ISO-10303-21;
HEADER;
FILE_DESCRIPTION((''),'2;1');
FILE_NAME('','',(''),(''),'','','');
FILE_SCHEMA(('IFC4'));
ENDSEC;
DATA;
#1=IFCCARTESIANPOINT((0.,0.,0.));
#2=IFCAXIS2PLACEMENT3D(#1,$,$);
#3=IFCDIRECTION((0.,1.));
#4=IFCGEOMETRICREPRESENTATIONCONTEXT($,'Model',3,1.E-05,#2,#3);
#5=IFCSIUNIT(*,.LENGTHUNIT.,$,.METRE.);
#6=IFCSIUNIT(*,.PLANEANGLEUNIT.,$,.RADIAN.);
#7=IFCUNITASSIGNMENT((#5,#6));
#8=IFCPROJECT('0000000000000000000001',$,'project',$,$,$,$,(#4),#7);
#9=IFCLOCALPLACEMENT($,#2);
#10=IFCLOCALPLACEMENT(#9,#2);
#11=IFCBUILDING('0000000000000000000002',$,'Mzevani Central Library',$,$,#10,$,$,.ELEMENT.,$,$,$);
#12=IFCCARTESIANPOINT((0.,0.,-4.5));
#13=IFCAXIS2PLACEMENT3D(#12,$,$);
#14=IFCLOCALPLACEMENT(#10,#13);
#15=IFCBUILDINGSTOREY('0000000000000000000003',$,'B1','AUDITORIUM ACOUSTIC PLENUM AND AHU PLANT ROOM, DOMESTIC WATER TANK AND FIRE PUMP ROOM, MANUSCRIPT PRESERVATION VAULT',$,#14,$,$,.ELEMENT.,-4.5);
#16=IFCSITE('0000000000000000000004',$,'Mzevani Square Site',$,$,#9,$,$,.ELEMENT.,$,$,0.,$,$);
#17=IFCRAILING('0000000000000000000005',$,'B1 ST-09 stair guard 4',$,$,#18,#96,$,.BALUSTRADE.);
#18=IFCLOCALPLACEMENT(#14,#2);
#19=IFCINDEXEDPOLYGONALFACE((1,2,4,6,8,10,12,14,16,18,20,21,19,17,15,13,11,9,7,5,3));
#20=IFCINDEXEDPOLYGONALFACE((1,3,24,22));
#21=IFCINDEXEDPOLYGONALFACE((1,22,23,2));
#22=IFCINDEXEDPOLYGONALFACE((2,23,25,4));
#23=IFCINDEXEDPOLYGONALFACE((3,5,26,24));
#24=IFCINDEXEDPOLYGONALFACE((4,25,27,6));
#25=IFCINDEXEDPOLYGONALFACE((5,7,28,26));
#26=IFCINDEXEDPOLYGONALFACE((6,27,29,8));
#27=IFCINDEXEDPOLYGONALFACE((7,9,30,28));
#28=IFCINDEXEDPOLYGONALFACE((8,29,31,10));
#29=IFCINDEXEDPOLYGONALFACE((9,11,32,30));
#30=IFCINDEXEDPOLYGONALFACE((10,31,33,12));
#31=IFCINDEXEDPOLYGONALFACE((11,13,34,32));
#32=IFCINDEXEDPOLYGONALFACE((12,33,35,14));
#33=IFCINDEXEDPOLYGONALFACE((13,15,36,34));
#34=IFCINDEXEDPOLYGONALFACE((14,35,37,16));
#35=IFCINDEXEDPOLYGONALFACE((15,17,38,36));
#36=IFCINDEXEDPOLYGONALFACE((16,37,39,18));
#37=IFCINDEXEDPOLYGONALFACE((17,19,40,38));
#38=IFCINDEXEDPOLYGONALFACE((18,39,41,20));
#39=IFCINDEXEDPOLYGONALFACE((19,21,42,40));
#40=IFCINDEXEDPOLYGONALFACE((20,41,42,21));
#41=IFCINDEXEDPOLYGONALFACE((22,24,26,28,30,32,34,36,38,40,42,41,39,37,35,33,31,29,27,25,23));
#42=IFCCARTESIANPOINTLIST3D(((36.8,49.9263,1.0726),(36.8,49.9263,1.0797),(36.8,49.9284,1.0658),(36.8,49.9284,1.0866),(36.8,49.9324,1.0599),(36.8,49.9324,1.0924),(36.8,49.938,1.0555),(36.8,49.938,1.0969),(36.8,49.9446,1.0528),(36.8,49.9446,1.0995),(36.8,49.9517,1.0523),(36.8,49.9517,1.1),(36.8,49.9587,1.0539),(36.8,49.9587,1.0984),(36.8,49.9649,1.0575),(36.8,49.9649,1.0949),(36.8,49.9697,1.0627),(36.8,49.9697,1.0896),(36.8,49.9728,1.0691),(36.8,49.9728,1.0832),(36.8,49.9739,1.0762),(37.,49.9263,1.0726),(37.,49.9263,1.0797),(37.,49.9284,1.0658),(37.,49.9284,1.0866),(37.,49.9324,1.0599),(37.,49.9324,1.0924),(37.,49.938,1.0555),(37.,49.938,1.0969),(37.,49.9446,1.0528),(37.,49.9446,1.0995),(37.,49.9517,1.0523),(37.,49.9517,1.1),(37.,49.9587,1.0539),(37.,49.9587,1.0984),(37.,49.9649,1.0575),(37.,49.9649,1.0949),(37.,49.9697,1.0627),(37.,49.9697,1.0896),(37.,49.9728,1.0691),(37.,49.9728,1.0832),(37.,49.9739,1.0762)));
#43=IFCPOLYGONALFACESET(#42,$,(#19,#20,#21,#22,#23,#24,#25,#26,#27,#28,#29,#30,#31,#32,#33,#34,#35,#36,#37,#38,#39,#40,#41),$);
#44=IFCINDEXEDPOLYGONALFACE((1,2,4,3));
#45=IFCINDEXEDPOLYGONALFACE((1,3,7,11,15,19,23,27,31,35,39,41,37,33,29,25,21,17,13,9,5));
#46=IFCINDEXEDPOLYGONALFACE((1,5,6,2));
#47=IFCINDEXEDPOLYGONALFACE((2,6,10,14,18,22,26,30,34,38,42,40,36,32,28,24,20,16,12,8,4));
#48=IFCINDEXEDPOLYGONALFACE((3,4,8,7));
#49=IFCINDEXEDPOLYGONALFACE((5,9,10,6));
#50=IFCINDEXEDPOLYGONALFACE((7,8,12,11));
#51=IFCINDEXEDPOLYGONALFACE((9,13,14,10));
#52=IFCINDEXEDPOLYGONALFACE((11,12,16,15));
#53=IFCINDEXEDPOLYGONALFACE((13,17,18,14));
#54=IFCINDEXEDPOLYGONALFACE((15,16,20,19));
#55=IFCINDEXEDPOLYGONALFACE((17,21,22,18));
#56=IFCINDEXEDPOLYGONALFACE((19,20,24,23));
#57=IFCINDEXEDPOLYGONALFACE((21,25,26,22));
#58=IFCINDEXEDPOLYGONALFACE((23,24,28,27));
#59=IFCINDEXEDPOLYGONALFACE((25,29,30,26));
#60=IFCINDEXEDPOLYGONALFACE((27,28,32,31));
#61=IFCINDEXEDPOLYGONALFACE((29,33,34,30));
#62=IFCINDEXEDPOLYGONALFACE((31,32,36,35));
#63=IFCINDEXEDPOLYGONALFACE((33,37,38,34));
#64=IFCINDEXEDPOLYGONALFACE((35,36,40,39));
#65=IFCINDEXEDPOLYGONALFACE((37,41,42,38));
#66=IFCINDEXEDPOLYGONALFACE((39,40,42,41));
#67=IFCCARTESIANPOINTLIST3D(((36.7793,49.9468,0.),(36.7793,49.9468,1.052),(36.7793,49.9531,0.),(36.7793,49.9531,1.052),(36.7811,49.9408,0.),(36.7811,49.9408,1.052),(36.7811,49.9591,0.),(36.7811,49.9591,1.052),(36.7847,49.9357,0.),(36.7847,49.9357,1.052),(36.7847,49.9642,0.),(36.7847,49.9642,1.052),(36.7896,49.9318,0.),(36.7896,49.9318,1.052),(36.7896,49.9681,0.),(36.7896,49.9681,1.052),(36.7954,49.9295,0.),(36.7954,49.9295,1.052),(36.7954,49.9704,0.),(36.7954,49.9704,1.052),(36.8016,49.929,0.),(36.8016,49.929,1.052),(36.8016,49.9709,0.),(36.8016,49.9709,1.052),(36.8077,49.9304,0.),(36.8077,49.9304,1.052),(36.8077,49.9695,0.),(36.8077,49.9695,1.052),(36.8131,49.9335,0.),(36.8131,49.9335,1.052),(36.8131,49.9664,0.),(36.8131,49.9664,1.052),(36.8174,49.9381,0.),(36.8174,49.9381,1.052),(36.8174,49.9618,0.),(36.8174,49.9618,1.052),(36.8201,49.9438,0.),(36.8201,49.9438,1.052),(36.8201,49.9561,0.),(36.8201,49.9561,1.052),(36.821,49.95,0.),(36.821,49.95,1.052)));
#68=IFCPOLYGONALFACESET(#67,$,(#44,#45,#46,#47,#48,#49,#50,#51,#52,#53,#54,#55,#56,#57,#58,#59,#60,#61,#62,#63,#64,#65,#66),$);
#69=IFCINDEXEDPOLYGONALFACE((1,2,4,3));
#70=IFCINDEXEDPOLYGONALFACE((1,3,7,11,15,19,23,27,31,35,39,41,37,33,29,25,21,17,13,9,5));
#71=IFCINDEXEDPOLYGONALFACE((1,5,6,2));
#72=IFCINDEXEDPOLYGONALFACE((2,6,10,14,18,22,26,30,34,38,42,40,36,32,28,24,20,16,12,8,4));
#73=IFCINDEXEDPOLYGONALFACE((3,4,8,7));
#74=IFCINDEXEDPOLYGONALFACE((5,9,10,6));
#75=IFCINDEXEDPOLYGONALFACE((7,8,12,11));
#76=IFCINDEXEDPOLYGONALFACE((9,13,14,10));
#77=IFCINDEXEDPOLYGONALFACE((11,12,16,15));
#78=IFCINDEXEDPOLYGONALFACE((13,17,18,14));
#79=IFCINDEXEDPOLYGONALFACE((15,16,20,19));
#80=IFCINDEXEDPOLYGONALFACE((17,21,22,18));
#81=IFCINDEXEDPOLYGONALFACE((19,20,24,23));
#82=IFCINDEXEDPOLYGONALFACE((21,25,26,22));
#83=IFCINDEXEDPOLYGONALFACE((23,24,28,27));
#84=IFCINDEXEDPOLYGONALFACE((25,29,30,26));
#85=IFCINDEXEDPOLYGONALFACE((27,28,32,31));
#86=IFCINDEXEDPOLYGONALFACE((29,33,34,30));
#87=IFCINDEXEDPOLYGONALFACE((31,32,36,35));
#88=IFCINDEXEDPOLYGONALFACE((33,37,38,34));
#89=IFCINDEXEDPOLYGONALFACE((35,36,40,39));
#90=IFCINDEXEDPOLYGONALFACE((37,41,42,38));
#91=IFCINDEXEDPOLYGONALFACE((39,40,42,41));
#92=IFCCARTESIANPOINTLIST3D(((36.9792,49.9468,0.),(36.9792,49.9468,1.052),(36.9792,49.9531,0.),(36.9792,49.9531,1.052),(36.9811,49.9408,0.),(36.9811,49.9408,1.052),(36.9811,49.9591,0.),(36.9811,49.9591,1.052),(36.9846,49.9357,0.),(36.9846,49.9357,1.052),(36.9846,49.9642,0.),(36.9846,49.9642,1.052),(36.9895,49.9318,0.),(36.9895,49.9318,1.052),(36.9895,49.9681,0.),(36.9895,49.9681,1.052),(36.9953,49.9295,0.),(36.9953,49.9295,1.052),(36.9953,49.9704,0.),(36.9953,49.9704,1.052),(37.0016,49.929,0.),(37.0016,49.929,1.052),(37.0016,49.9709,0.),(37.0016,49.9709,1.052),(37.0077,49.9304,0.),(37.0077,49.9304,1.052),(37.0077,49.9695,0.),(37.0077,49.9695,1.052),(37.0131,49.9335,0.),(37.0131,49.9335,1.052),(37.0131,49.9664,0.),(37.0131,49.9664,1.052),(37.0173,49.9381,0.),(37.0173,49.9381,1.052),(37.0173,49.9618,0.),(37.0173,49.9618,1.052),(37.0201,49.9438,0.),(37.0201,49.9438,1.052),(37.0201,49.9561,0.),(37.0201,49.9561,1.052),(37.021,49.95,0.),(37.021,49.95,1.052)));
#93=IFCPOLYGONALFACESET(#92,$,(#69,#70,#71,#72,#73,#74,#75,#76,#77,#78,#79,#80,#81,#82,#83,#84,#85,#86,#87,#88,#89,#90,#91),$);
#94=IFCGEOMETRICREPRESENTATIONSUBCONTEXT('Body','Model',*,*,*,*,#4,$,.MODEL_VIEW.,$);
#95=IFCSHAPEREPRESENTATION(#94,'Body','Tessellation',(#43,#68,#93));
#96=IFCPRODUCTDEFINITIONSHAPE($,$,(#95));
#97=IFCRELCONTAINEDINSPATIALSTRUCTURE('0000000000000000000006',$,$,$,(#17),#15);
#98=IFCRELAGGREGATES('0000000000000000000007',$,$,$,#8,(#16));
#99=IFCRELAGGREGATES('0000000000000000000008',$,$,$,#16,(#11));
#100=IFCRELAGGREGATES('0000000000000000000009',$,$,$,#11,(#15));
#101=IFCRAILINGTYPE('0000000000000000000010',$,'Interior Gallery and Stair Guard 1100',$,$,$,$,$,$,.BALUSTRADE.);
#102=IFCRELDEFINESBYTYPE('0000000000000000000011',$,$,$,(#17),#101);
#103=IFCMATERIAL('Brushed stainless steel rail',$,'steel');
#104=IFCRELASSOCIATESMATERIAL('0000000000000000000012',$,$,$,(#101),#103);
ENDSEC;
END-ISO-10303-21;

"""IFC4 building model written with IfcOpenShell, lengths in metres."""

from ifc_helpers import new_model, si_unit, direction, frame, origin, origin_2d, place, context, subcontext, project, spatial, circle, extrude, material, type_object, element, save


model = new_model("IFC4")

# Units and contexts
model_context = context("Model", 3, precision=1e-05, world=origin(), true_north=direction((0.0, 1.0)))
body_context = subcontext(model_context, "Body", "Model", "MODEL_VIEW")
ifc_project = project(units=[si_unit("LENGTHUNIT", "METRE"), si_unit("PLANEANGLEUNIT", "RADIAN")], contexts=[model_context])

# Site, building, storey
site_placement = place(None, origin())
site = spatial("IfcSite", under=ifc_project, at=site_placement, Name="Mzevani Square Site", CompositionType="ELEMENT", RefElevation=0.0)
building_placement = place(site_placement, origin())
building = spatial("IfcBuilding", under=site, at=building_placement, Name="Mzevani Central Library", CompositionType="ELEMENT")
storey_placement = place(building_placement, frame((0.0, 0.0, -4.5)))
storey = spatial("IfcBuildingStorey", under=building, at=storey_placement, Name="B1", Description="AUDITORIUM ACOUSTIC PLENUM AND AHU PLANT ROOM, DOMESTIC WATER TANK AND FIRE PUMP ROOM, MANUSCRIPT PRESERVATION VAULT", CompositionType="ELEMENT", Elevation=-4.5)

# Railing
ifc_material_1 = material(Name="Brushed stainless steel rail", Category="steel")
railing_type_1 = type_object("IfcRailingType", Name="Interior Gallery and Stair Guard 1100", PredefinedType="BALUSTRADE", material=ifc_material_1)
railing_1_placement = place(storey_placement, frame((36.8, 49.95, 0.0)))
element("IfcRailing", 1, at=railing_1_placement, inside=storey, type_object=railing_type_1, Name="B1 ST-09 stair guard 4", PredefinedType="BALUSTRADE", context=body_context, shape_type="SweptSolid", body=[
    extrude(circle(Radius=0.0239, at=origin_2d()), frame((0.0, 0.0, 1.0762), z_axis=(1.0, 0.0, 0.0), x_axis=(0.0, 1.0, 0.0)), (0.0, 0.0, 1.0), 0.2),
    extrude(circle(Radius=0.021, at=origin_2d()), origin(), (0.0, 0.0, 1.0), 1.052),
    extrude(circle(Radius=0.021, at=origin_2d()), frame((0.2, 0.0, 0.0)), (0.0, 0.0, 1.0), 1.052),
])

save(model, "model.ifc")
